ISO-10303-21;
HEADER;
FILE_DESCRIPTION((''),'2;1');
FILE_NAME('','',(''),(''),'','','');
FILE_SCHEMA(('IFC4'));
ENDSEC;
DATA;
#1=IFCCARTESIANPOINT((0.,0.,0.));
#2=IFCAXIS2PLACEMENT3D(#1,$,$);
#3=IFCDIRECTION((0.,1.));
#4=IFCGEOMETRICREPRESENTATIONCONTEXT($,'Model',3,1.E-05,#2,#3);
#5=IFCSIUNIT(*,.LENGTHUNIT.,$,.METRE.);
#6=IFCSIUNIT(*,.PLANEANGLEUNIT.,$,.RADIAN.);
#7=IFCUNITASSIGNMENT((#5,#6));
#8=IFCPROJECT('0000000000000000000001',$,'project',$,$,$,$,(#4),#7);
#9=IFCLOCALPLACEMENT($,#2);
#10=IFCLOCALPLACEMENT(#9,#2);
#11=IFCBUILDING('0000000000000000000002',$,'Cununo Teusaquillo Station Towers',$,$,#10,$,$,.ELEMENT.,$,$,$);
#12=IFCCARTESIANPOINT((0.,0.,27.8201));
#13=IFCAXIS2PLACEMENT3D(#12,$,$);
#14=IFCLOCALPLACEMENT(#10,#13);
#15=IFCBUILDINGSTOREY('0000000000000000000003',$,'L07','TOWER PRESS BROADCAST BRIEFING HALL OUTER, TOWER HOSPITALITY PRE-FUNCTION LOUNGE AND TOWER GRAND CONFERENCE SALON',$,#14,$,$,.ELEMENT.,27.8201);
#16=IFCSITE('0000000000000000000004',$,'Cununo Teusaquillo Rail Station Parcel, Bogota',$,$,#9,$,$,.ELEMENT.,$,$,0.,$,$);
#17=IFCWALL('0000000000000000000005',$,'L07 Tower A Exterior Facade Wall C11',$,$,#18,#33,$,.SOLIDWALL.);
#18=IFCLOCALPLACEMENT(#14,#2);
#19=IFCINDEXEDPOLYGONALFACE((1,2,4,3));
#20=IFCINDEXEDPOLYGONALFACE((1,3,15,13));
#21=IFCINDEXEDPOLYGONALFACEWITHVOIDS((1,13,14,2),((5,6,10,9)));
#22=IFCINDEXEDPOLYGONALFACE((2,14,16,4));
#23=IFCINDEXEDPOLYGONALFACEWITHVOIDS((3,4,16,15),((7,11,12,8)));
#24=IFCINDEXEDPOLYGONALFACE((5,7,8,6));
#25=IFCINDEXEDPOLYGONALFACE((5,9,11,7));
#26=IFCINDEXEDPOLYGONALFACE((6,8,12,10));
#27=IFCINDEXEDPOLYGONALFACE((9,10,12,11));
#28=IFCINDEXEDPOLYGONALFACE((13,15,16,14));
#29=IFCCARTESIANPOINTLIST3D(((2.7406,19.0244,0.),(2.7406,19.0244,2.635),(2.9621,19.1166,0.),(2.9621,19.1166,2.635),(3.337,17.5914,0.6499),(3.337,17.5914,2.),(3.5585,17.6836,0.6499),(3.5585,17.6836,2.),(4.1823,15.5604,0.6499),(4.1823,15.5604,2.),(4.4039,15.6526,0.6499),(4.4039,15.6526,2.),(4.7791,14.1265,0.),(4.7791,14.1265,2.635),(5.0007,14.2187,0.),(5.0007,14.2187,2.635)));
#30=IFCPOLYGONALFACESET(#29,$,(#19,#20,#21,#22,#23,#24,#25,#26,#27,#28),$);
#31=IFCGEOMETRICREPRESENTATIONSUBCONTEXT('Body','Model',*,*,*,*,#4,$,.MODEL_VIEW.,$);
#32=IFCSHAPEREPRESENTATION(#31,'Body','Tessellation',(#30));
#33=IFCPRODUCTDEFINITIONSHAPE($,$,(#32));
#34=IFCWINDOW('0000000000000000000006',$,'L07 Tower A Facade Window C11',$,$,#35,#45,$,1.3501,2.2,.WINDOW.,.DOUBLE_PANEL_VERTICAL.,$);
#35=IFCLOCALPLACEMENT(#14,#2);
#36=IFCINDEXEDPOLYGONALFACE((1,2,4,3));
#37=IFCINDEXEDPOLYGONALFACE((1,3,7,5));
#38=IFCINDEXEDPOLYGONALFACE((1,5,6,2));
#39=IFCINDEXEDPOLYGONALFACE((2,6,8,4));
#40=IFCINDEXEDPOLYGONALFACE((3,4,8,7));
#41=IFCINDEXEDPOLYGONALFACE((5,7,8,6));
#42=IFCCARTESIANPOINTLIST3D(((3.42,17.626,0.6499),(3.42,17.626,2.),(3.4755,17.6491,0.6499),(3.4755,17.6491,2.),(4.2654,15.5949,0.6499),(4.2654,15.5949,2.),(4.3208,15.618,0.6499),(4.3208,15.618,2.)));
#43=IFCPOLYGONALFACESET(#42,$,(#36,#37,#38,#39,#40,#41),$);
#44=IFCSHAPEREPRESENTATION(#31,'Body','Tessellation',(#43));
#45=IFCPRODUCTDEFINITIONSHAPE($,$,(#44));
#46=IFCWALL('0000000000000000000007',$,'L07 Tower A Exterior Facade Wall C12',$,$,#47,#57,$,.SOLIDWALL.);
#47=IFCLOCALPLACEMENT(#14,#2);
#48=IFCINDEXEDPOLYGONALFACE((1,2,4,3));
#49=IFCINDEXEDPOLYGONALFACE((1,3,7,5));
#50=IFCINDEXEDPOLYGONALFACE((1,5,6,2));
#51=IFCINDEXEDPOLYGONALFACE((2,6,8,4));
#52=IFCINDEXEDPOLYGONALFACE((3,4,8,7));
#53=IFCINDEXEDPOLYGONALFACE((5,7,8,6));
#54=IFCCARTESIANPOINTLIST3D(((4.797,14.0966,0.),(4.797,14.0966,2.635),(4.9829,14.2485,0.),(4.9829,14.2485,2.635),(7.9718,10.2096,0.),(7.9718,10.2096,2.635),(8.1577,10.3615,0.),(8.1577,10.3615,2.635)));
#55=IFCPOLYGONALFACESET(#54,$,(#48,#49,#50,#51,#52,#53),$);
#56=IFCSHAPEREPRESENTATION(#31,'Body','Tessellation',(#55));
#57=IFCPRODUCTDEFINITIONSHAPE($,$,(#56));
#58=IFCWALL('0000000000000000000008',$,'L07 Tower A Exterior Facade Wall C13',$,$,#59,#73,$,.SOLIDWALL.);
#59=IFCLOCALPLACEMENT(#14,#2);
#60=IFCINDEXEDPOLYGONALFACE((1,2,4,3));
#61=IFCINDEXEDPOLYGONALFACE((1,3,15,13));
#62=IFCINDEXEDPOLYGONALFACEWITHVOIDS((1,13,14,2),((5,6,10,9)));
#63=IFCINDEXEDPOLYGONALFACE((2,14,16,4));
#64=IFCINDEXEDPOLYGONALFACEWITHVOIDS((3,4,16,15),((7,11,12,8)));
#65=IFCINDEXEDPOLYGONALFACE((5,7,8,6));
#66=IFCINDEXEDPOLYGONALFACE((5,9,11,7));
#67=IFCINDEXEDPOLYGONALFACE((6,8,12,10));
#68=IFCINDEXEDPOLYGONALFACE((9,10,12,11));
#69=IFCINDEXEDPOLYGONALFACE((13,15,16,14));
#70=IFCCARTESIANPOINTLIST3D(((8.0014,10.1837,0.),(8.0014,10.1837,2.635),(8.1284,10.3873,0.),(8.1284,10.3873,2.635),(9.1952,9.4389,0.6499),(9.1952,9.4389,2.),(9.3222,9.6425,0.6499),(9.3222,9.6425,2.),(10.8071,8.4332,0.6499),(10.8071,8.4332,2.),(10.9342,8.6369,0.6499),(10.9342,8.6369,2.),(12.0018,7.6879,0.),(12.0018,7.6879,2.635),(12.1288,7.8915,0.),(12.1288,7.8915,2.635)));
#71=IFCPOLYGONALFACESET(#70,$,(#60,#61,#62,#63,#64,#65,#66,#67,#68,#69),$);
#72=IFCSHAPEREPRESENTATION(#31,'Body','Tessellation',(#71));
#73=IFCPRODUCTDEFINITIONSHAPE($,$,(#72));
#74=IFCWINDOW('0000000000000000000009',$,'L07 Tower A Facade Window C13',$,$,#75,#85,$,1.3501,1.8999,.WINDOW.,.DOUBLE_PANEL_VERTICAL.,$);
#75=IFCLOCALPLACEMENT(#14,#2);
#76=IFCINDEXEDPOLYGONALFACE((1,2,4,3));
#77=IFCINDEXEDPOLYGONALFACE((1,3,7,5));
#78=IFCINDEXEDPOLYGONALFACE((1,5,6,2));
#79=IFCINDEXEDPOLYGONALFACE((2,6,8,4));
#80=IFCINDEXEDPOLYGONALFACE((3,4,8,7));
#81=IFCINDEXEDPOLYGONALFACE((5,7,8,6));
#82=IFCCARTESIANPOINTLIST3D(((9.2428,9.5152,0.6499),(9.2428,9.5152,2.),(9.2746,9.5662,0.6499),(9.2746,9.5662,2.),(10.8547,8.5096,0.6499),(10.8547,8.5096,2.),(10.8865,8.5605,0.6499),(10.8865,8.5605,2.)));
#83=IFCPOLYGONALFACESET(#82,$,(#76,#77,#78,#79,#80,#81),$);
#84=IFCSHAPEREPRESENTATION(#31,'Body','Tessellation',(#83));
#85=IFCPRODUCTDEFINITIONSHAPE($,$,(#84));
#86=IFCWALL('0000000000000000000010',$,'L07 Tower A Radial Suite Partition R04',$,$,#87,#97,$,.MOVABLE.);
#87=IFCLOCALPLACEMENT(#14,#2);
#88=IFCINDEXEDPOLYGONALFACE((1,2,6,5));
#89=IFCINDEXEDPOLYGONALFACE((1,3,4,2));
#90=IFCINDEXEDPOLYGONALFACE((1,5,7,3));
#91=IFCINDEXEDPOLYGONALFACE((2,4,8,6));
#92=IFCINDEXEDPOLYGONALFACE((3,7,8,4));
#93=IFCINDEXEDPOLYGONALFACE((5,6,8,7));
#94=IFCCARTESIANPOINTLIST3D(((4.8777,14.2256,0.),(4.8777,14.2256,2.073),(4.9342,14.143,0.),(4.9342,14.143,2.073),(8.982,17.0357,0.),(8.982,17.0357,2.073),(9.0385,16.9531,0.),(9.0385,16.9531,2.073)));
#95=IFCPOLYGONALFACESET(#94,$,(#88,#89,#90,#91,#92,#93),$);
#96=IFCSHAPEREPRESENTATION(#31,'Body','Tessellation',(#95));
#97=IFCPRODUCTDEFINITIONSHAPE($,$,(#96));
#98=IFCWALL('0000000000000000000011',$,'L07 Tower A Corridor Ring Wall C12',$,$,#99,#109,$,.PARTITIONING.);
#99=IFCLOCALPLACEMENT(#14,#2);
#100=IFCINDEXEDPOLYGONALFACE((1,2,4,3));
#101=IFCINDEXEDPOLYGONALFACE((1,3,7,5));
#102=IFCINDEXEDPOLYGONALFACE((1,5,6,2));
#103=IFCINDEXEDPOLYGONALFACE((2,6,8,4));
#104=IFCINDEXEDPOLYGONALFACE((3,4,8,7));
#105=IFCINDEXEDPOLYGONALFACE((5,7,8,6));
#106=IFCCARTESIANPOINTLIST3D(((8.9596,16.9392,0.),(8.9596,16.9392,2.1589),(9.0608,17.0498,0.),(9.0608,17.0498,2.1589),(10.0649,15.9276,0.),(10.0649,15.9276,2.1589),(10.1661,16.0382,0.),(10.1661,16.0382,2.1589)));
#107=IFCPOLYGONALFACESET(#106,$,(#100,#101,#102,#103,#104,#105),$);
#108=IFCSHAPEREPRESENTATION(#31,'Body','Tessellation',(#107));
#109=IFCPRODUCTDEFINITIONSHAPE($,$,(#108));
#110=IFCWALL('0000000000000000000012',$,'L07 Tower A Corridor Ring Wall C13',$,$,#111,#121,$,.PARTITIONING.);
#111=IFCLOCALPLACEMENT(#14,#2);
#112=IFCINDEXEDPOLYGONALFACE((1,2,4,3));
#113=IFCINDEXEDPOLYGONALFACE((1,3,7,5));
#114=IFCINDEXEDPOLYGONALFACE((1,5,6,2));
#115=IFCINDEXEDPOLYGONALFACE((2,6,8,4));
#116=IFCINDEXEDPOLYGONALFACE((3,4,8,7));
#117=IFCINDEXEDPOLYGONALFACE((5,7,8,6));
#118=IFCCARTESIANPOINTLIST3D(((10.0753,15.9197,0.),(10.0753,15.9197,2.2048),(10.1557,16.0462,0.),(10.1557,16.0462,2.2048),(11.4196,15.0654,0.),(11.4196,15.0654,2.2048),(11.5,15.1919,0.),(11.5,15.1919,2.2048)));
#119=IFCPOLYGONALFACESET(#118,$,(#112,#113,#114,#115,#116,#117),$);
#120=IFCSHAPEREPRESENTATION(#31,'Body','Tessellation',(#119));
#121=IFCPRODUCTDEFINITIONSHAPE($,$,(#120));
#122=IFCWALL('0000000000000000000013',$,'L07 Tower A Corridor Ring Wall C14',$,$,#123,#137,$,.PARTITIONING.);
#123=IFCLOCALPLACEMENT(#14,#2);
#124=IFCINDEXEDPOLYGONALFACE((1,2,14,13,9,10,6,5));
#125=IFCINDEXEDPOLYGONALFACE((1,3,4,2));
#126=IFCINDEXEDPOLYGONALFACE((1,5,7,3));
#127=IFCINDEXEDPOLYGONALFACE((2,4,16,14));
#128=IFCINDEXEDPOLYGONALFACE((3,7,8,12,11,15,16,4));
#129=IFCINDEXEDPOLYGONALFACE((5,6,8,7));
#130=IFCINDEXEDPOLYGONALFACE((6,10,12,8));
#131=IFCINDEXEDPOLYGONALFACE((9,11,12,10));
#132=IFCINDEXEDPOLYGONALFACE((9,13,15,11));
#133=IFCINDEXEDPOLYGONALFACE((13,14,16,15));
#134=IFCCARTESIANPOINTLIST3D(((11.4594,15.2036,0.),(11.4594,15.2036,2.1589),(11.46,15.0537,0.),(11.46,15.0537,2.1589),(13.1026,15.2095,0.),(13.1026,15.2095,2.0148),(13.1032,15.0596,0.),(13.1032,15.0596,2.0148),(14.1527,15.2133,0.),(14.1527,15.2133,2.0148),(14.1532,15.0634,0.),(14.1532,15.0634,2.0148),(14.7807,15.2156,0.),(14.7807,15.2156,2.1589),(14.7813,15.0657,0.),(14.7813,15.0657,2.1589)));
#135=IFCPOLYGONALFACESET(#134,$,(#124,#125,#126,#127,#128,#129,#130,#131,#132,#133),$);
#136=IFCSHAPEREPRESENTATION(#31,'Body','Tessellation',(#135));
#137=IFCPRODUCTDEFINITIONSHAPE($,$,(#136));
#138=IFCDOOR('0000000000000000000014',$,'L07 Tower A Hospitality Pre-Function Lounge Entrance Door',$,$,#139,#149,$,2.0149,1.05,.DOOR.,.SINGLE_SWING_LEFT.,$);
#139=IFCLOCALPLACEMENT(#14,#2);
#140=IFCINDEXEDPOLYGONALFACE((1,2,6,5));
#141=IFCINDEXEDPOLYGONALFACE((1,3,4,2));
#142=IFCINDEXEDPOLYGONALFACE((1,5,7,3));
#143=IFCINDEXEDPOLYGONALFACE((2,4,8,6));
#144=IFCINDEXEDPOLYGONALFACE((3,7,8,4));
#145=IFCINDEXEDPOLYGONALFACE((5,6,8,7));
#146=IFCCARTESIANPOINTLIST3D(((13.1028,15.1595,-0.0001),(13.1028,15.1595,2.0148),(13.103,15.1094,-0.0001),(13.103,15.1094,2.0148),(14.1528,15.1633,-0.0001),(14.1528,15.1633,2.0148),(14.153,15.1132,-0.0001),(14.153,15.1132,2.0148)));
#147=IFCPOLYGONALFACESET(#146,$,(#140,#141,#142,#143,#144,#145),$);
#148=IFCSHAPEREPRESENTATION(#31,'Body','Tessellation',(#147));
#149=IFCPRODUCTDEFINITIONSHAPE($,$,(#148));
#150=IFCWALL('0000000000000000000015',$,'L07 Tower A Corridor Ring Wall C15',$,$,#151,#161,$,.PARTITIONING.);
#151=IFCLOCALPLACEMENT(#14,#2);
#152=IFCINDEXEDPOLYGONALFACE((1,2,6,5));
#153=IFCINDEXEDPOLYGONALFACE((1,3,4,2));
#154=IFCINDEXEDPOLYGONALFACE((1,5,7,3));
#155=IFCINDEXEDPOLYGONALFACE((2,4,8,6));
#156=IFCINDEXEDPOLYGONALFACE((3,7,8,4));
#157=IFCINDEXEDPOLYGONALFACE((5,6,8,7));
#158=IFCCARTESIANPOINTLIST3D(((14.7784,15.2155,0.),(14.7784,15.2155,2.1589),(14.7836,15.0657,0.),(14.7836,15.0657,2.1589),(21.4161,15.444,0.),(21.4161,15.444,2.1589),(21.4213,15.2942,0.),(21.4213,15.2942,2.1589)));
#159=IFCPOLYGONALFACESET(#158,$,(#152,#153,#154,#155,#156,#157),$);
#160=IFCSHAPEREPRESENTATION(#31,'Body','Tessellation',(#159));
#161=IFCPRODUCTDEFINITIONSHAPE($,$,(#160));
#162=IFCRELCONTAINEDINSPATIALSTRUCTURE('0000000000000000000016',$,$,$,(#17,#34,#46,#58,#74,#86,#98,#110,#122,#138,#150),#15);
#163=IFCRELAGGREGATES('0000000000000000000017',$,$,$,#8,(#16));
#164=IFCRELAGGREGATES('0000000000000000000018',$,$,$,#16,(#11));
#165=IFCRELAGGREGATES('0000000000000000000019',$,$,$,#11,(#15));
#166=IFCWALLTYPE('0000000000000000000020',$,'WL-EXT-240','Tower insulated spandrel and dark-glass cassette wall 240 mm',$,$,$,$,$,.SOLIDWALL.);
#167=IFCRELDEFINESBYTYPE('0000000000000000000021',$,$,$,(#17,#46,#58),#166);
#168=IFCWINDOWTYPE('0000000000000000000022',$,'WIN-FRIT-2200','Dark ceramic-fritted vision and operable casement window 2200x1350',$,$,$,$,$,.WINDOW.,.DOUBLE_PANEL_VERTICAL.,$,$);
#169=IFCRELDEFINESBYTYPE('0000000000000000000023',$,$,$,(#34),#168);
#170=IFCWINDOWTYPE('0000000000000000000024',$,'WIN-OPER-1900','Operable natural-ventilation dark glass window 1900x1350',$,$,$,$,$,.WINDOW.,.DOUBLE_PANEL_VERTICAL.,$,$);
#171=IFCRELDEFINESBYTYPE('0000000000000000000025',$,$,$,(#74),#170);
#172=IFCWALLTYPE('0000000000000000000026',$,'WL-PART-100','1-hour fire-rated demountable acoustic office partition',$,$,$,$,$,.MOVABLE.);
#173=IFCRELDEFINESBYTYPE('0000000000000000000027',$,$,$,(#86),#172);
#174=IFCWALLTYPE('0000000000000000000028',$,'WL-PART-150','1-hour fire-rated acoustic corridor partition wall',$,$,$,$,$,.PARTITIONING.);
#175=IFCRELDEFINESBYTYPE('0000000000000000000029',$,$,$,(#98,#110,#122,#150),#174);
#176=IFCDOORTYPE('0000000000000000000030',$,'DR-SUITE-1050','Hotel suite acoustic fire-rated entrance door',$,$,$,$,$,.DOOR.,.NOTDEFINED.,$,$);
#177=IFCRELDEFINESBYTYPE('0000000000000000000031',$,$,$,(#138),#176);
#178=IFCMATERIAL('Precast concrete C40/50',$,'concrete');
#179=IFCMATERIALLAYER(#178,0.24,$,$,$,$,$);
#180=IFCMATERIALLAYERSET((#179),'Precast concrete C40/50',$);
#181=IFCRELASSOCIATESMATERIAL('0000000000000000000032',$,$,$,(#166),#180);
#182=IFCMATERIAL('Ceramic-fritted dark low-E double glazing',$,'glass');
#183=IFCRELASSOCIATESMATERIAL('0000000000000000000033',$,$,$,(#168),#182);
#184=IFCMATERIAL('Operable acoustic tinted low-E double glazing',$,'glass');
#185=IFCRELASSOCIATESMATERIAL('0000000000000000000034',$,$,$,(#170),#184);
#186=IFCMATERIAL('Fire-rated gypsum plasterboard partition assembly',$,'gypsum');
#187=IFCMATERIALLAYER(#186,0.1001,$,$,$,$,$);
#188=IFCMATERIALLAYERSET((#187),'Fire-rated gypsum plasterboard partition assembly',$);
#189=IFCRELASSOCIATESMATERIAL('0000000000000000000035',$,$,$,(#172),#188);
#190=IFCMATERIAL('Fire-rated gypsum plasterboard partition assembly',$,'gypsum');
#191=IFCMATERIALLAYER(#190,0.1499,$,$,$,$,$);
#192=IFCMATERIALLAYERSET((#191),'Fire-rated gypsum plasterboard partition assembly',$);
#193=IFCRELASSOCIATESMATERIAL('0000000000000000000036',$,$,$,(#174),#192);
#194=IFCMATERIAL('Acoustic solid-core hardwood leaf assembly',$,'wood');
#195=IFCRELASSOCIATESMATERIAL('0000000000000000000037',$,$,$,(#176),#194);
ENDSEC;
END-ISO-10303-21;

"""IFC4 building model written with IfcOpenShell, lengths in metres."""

from ifc_helpers import new_model, si_unit, direction, frame, frame_2d, origin, place, context, subcontext, project, spatial, rectangle, extrude, source, transform, mapped, material, layer, layer_set, type_object, element, fill, save


model = new_model("IFC4")

# Units and contexts
model_context = context("Model", 3, precision=1e-05, world=origin(), true_north=direction((0.0, 1.0)))
body_context = subcontext(model_context, "Body", "Model", "MODEL_VIEW")
ifc_project = project(units=[si_unit("LENGTHUNIT", "METRE"), si_unit("PLANEANGLEUNIT", "RADIAN")], contexts=[model_context])

# Site, building, storey
site_placement = place(None, origin())
site = spatial("IfcSite", under=ifc_project, at=site_placement, Name="Cununo Teusaquillo Rail Station Parcel, Bogota", CompositionType="ELEMENT", RefElevation=0.0)
building_placement = place(site_placement, origin())
building = spatial("IfcBuilding", under=site, at=building_placement, Name="Cununo Teusaquillo Station Towers", CompositionType="ELEMENT")
storey_placement = place(building_placement, frame((0.0, 0.0, 27.8201)))
storey = spatial("IfcBuildingStorey", under=building, at=storey_placement, Name="L07", Description="TOWER PRESS BROADCAST BRIEFING HALL OUTER, TOWER HOSPITALITY PRE-FUNCTION LOUNGE AND TOWER GRAND CONFERENCE SALON", CompositionType="ELEMENT", Elevation=27.8201)

# Wall, opening, window
ifc_material_1 = material(Name="Precast concrete C40/50", Category="concrete")
ifc_layer_1 = layer(ifc_material_1, 0.24)
ifc_layer_set_1 = layer_set([ifc_layer_1], Name="Precast concrete C40/50")
wall_type_1 = type_object("IfcWallType", Name="WL-EXT-240", Description="Tower insulated spandrel and dark-glass cassette wall 240 mm", PredefinedType="SOLIDWALL", material=ifc_layer_set_1)
wall_1_placement = place(storey_placement, frame((4.8899, 14.1726, 0.0), z_axis=(0.0, 0.0, 1.0), x_axis=(-0.384256, 0.923227, 0.0)))
wall_1 = element("IfcWall", 1, at=wall_1_placement, inside=storey, type_object=wall_type_1, Name="L07 Tower A Exterior Facade Wall C11", PredefinedType="SOLIDWALL", context=body_context, shape_type="SweptSolid", body=[
    extrude(rectangle(XDim=5.3052, YDim=0.24, at=frame_2d((2.6526, 0.0))), origin(), (0.0, 0.0, 1.0), 2.635),
])
shared_shape_1 = source(origin(), body_context, "Body", "SweptSolid", [
    extrude(rectangle(XDim=2.2, YDim=1.3501, at=frame_2d((1.1001, 0.675))), frame((0.0, 0.1299, 0.0), z_axis=(0.0, -1.0, 0.0), x_axis=(1.0, 0.0, 0.0)), (0.0, 0.0, 1.0), 0.26),
])
opening_1_placement = place(wall_1_placement, frame((1.553, 0.0, 0.6499)))
opening_1 = element("IfcOpeningElement", 2, at=opening_1_placement, cuts=wall_1, PredefinedType="OPENING", context=body_context, shape_type="MappedRepresentation", body=[
    mapped(shared_shape_1, transform((0.0, 0.0, 0.0), x_axis=(1.0, 0.0, 0.0), y_axis=(0.0, 1.0, 0.0), z_axis=(0.0, 0.0, 1.0), scale=1.0)),
])
ifc_material_2 = material(Name="Ceramic-fritted dark low-E double glazing", Category="glass")
window_type_1 = type_object("IfcWindowType", Name="WIN-FRIT-2200", Description="Dark ceramic-fritted vision and operable casement window 2200x1350", PartitioningType="DOUBLE_PANEL_VERTICAL", PredefinedType="WINDOW", material=ifc_material_2)
shared_shape_2 = source(origin(), body_context, "Body", "SweptSolid", [
    extrude(rectangle(XDim=2.2, YDim=1.3501, at=frame_2d((1.1001, 0.675))), frame((0.0, 0.03, 0.0), z_axis=(0.0, -1.0, 0.0), x_axis=(1.0, 0.0, 0.0)), (0.0, 0.0, 1.0), 0.0601),
])
window_1_placement = place(opening_1_placement, origin())
window_1 = element("IfcWindow", 3, at=window_1_placement, inside=storey, type_object=window_type_1, Name="L07 Tower A Facade Window C11", OverallHeight=1.3501, OverallWidth=2.2, PartitioningType="DOUBLE_PANEL_VERTICAL", PredefinedType="WINDOW", context=body_context, shape_type="MappedRepresentation", body=[
    mapped(shared_shape_2, transform((0.0, 0.0, 0.0), x_axis=(1.0, 0.0, 0.0), y_axis=(0.0, 1.0, 0.0), z_axis=(0.0, 0.0, 1.0), scale=1.0)),
])
fill(opening_1, window_1)

# Wall
wall_2_placement = place(storey_placement, frame((8.0647, 10.2856, 0.0), z_axis=(0.0, 0.0, 1.0), x_axis=(-0.632589, 0.774488, 0.0)))
element("IfcWall", 4, at=wall_2_placement, inside=storey, type_object=wall_type_1, Name="L07 Tower A Exterior Facade Wall C12", PredefinedType="SOLIDWALL", context=body_context, shape_type="SweptSolid", body=[
    extrude(rectangle(XDim=5.0188, YDim=0.24, at=frame_2d((2.5093, 0.0))), origin(), (0.0, 0.0, 1.0), 2.635),
])

# Wall, opening, window
wall_3_placement = place(storey_placement, frame((12.0652, 7.7898, 0.0), z_axis=(0.0, 0.0, 1.0), x_axis=(-0.848423, 0.529319, 0.0)))
wall_3 = element("IfcWall", 5, at=wall_3_placement, inside=storey, type_object=wall_type_1, Name="L07 Tower A Exterior Facade Wall C13", PredefinedType="SOLIDWALL", context=body_context, shape_type="SweptSolid", body=[
    extrude(rectangle(XDim=4.7151, YDim=0.24, at=frame_2d((2.3574, 0.0))), origin(), (0.0, 0.0, 1.0), 2.635),
])
shared_shape_3 = source(origin(), body_context, "Body", "SweptSolid", [
    extrude(rectangle(XDim=1.8999, YDim=1.3501, at=frame_2d((0.95, 0.675))), frame((0.0, 0.1299, 0.0), z_axis=(0.0, -1.0, 0.0), x_axis=(1.0, 0.0, 0.0)), (0.0, 0.0, 1.0), 0.26),
])
opening_2_placement = place(wall_3_placement, frame((1.408, 0.0, 0.6499)))
opening_2 = element("IfcOpeningElement", 6, at=opening_2_placement, cuts=wall_3, PredefinedType="OPENING", context=body_context, shape_type="MappedRepresentation", body=[
    mapped(shared_shape_3, transform((0.0, 0.0, 0.0), x_axis=(1.0, 0.0, 0.0), y_axis=(0.0, 1.0, 0.0), z_axis=(0.0, 0.0, 1.0), scale=1.0)),
])
ifc_material_3 = material(Name="Operable acoustic tinted low-E double glazing", Category="glass")
window_type_2 = type_object("IfcWindowType", Name="WIN-OPER-1900", Description="Operable natural-ventilation dark glass window 1900x1350", PartitioningType="DOUBLE_PANEL_VERTICAL", PredefinedType="WINDOW", material=ifc_material_3)
shared_shape_4 = source(origin(), body_context, "Body", "SweptSolid", [
    extrude(rectangle(XDim=1.8999, YDim=1.3501, at=frame_2d((0.95, 0.675))), frame((0.0, 0.03, 0.0), z_axis=(0.0, -1.0, 0.0), x_axis=(1.0, 0.0, 0.0)), (0.0, 0.0, 1.0), 0.0601),
])
window_2_placement = place(opening_2_placement, origin())
window_2 = element("IfcWindow", 7, at=window_2_placement, inside=storey, type_object=window_type_2, Name="L07 Tower A Facade Window C13", OverallHeight=1.3501, OverallWidth=1.8999, PartitioningType="DOUBLE_PANEL_VERTICAL", PredefinedType="WINDOW", context=body_context, shape_type="MappedRepresentation", body=[
    mapped(shared_shape_4, transform((0.0, 0.0, 0.0), x_axis=(1.0, 0.0, 0.0), y_axis=(0.0, 1.0, 0.0), z_axis=(0.0, 0.0, 1.0), scale=1.0)),
])
fill(opening_2, window_2)

# Walls
ifc_material_4 = material(Name="Fire-rated gypsum plasterboard partition assembly", Category="gypsum")
ifc_layer_2 = layer(ifc_material_4, 0.1001)
ifc_layer_set_2 = layer_set([ifc_layer_2], Name="Fire-rated gypsum plasterboard partition assembly")
wall_type_2 = type_object("IfcWallType", Name="WL-PART-100", Description="1-hour fire-rated demountable acoustic office partition", PredefinedType="MOVABLE", material=ifc_layer_set_2)
wall_4_placement = place(storey_placement, frame((9.0103, 16.9944, 0.0), z_axis=(0.0, 0.0, 1.0), x_axis=(-0.82513, -0.564943, 0.0)))
element("IfcWall", 8, at=wall_4_placement, inside=storey, type_object=wall_type_2, Name="L07 Tower A Radial Suite Partition R04", PredefinedType="MOVABLE", context=body_context, shape_type="SweptSolid", body=[
    extrude(rectangle(XDim=4.9741, YDim=0.1001, at=frame_2d((2.4871, 0.0))), origin(), (0.0, 0.0, 1.0), 2.073),
])
ifc_material_5 = material(Name="Fire-rated gypsum plasterboard partition assembly", Category="gypsum")
ifc_layer_3 = layer(ifc_material_5, 0.1499)
ifc_layer_set_3 = layer_set([ifc_layer_3], Name="Fire-rated gypsum plasterboard partition assembly")
wall_type_3 = type_object("IfcWallType", Name="WL-PART-150", Description="1-hour fire-rated acoustic corridor partition wall", PredefinedType="PARTITIONING", material=ifc_layer_set_3)
wall_5_placement = place(storey_placement, frame((9.0103, 16.9944, 0.0), z_axis=(0.0, 0.0, 1.0), x_axis=(0.737702, -0.675127, 0.0)))
element("IfcWall", 9, at=wall_5_placement, inside=storey, type_object=wall_type_3, Name="L07 Tower A Corridor Ring Wall C12", PredefinedType="PARTITIONING", context=body_context, shape_type="SweptSolid", body=[
    extrude(rectangle(XDim=1.4983, YDim=0.1499, at=frame_2d((0.749, 0.0))), origin(), (0.0, 0.0, 1.0), 2.1589),
])
wall_6_placement = place(storey_placement, frame((10.1155, 15.9829, 0.0), z_axis=(0.0, 0.0, 1.0), x_axis=(0.843996, -0.53635, 0.0)))
element("IfcWall", 10, at=wall_6_placement, inside=storey, type_object=wall_type_3, Name="L07 Tower A Corridor Ring Wall C13", PredefinedType="PARTITIONING", context=body_context, shape_type="SweptSolid", body=[
    extrude(rectangle(XDim=1.5928, YDim=0.1499, at=frame_2d((0.7964, 0.0))), origin(), (0.0, 0.0, 1.0), 2.2048),
])

# Wall, opening, door
wall_7_placement = place(storey_placement, frame((11.4597, 15.1287, 0.0), z_axis=(0.0, 0.0, 1.0), x_axis=(0.999994, 0.003602, 0.0)))
wall_7 = element("IfcWall", 11, at=wall_7_placement, inside=storey, type_object=wall_type_3, Name="L07 Tower A Corridor Ring Wall C14", PredefinedType="PARTITIONING", context=body_context, shape_type="SweptSolid", body=[
    extrude(rectangle(XDim=3.3213, YDim=0.1499, at=frame_2d((1.6606, 0.0))), origin(), (0.0, 0.0, 1.0), 2.1589),
])
shared_shape_5 = source(origin(), body_context, "Body", "SweptSolid", [
    extrude(rectangle(XDim=1.05, YDim=2.0149, at=frame_2d((0.5249, 1.0073))), frame((0.0, 0.085, 0.0), z_axis=(0.0, -1.0, 0.0), x_axis=(1.0, 0.0, 0.0)), (0.0, 0.0, 1.0), 0.1699),
])
opening_3_placement = place(wall_7_placement, frame((1.6433, 0.0, 0.0)))
opening_3 = element("IfcOpeningElement", 12, at=opening_3_placement, cuts=wall_7, PredefinedType="OPENING", context=body_context, shape_type="MappedRepresentation", body=[
    mapped(shared_shape_5, transform((0.0, 0.0, 0.0), x_axis=(1.0, 0.0, 0.0), y_axis=(0.0, 1.0, 0.0), z_axis=(0.0, 0.0, 1.0), scale=1.0)),
])
ifc_material_6 = material(Name="Acoustic solid-core hardwood leaf assembly", Category="wood")
door_type_1 = type_object("IfcDoorType", Name="DR-SUITE-1050", Description="Hotel suite acoustic fire-rated entrance door", OperationType="NOTDEFINED", PredefinedType="DOOR", material=ifc_material_6)
shared_shape_6 = source(origin(), body_context, "Body", "SweptSolid", [
    extrude(rectangle(XDim=1.05, YDim=2.0149, at=frame_2d((0.5249, 1.0073))), frame((0.0, 0.0249, 0.0), z_axis=(0.0, -1.0, 0.0), x_axis=(1.0, 0.0, 0.0)), (0.0, 0.0, 1.0), 0.05),
])
door_1_placement = place(opening_3_placement, origin())
door_1 = element("IfcDoor", 13, at=door_1_placement, inside=storey, type_object=door_type_1, Name="L07 Tower A Hospitality Pre-Function Lounge Entrance Door", OperationType="SINGLE_SWING_LEFT", OverallHeight=2.0149, OverallWidth=1.05, PredefinedType="DOOR", context=body_context, shape_type="MappedRepresentation", body=[
    mapped(shared_shape_6, transform((0.0, 0.0, 0.0), x_axis=(1.0, 0.0, 0.0), y_axis=(0.0, 1.0, 0.0), z_axis=(0.0, 0.0, 1.0), scale=1.0)),
])
fill(opening_3, door_1)

# Wall
wall_8_placement = place(storey_placement, frame((14.781, 15.1406, 0.0), z_axis=(0.0, 0.0, 1.0), x_axis=(0.999408, 0.034407, 0.0)))
element("IfcWall", 14, at=wall_8_placement, inside=storey, type_object=wall_type_3, Name="L07 Tower A Corridor Ring Wall C15", PredefinedType="PARTITIONING", context=body_context, shape_type="SweptSolid", body=[
    extrude(rectangle(XDim=6.6416, YDim=0.1499, at=frame_2d((3.3208, 0.0))), origin(), (0.0, 0.0, 1.0), 2.1589),
])

save(model, "model.ifc")
